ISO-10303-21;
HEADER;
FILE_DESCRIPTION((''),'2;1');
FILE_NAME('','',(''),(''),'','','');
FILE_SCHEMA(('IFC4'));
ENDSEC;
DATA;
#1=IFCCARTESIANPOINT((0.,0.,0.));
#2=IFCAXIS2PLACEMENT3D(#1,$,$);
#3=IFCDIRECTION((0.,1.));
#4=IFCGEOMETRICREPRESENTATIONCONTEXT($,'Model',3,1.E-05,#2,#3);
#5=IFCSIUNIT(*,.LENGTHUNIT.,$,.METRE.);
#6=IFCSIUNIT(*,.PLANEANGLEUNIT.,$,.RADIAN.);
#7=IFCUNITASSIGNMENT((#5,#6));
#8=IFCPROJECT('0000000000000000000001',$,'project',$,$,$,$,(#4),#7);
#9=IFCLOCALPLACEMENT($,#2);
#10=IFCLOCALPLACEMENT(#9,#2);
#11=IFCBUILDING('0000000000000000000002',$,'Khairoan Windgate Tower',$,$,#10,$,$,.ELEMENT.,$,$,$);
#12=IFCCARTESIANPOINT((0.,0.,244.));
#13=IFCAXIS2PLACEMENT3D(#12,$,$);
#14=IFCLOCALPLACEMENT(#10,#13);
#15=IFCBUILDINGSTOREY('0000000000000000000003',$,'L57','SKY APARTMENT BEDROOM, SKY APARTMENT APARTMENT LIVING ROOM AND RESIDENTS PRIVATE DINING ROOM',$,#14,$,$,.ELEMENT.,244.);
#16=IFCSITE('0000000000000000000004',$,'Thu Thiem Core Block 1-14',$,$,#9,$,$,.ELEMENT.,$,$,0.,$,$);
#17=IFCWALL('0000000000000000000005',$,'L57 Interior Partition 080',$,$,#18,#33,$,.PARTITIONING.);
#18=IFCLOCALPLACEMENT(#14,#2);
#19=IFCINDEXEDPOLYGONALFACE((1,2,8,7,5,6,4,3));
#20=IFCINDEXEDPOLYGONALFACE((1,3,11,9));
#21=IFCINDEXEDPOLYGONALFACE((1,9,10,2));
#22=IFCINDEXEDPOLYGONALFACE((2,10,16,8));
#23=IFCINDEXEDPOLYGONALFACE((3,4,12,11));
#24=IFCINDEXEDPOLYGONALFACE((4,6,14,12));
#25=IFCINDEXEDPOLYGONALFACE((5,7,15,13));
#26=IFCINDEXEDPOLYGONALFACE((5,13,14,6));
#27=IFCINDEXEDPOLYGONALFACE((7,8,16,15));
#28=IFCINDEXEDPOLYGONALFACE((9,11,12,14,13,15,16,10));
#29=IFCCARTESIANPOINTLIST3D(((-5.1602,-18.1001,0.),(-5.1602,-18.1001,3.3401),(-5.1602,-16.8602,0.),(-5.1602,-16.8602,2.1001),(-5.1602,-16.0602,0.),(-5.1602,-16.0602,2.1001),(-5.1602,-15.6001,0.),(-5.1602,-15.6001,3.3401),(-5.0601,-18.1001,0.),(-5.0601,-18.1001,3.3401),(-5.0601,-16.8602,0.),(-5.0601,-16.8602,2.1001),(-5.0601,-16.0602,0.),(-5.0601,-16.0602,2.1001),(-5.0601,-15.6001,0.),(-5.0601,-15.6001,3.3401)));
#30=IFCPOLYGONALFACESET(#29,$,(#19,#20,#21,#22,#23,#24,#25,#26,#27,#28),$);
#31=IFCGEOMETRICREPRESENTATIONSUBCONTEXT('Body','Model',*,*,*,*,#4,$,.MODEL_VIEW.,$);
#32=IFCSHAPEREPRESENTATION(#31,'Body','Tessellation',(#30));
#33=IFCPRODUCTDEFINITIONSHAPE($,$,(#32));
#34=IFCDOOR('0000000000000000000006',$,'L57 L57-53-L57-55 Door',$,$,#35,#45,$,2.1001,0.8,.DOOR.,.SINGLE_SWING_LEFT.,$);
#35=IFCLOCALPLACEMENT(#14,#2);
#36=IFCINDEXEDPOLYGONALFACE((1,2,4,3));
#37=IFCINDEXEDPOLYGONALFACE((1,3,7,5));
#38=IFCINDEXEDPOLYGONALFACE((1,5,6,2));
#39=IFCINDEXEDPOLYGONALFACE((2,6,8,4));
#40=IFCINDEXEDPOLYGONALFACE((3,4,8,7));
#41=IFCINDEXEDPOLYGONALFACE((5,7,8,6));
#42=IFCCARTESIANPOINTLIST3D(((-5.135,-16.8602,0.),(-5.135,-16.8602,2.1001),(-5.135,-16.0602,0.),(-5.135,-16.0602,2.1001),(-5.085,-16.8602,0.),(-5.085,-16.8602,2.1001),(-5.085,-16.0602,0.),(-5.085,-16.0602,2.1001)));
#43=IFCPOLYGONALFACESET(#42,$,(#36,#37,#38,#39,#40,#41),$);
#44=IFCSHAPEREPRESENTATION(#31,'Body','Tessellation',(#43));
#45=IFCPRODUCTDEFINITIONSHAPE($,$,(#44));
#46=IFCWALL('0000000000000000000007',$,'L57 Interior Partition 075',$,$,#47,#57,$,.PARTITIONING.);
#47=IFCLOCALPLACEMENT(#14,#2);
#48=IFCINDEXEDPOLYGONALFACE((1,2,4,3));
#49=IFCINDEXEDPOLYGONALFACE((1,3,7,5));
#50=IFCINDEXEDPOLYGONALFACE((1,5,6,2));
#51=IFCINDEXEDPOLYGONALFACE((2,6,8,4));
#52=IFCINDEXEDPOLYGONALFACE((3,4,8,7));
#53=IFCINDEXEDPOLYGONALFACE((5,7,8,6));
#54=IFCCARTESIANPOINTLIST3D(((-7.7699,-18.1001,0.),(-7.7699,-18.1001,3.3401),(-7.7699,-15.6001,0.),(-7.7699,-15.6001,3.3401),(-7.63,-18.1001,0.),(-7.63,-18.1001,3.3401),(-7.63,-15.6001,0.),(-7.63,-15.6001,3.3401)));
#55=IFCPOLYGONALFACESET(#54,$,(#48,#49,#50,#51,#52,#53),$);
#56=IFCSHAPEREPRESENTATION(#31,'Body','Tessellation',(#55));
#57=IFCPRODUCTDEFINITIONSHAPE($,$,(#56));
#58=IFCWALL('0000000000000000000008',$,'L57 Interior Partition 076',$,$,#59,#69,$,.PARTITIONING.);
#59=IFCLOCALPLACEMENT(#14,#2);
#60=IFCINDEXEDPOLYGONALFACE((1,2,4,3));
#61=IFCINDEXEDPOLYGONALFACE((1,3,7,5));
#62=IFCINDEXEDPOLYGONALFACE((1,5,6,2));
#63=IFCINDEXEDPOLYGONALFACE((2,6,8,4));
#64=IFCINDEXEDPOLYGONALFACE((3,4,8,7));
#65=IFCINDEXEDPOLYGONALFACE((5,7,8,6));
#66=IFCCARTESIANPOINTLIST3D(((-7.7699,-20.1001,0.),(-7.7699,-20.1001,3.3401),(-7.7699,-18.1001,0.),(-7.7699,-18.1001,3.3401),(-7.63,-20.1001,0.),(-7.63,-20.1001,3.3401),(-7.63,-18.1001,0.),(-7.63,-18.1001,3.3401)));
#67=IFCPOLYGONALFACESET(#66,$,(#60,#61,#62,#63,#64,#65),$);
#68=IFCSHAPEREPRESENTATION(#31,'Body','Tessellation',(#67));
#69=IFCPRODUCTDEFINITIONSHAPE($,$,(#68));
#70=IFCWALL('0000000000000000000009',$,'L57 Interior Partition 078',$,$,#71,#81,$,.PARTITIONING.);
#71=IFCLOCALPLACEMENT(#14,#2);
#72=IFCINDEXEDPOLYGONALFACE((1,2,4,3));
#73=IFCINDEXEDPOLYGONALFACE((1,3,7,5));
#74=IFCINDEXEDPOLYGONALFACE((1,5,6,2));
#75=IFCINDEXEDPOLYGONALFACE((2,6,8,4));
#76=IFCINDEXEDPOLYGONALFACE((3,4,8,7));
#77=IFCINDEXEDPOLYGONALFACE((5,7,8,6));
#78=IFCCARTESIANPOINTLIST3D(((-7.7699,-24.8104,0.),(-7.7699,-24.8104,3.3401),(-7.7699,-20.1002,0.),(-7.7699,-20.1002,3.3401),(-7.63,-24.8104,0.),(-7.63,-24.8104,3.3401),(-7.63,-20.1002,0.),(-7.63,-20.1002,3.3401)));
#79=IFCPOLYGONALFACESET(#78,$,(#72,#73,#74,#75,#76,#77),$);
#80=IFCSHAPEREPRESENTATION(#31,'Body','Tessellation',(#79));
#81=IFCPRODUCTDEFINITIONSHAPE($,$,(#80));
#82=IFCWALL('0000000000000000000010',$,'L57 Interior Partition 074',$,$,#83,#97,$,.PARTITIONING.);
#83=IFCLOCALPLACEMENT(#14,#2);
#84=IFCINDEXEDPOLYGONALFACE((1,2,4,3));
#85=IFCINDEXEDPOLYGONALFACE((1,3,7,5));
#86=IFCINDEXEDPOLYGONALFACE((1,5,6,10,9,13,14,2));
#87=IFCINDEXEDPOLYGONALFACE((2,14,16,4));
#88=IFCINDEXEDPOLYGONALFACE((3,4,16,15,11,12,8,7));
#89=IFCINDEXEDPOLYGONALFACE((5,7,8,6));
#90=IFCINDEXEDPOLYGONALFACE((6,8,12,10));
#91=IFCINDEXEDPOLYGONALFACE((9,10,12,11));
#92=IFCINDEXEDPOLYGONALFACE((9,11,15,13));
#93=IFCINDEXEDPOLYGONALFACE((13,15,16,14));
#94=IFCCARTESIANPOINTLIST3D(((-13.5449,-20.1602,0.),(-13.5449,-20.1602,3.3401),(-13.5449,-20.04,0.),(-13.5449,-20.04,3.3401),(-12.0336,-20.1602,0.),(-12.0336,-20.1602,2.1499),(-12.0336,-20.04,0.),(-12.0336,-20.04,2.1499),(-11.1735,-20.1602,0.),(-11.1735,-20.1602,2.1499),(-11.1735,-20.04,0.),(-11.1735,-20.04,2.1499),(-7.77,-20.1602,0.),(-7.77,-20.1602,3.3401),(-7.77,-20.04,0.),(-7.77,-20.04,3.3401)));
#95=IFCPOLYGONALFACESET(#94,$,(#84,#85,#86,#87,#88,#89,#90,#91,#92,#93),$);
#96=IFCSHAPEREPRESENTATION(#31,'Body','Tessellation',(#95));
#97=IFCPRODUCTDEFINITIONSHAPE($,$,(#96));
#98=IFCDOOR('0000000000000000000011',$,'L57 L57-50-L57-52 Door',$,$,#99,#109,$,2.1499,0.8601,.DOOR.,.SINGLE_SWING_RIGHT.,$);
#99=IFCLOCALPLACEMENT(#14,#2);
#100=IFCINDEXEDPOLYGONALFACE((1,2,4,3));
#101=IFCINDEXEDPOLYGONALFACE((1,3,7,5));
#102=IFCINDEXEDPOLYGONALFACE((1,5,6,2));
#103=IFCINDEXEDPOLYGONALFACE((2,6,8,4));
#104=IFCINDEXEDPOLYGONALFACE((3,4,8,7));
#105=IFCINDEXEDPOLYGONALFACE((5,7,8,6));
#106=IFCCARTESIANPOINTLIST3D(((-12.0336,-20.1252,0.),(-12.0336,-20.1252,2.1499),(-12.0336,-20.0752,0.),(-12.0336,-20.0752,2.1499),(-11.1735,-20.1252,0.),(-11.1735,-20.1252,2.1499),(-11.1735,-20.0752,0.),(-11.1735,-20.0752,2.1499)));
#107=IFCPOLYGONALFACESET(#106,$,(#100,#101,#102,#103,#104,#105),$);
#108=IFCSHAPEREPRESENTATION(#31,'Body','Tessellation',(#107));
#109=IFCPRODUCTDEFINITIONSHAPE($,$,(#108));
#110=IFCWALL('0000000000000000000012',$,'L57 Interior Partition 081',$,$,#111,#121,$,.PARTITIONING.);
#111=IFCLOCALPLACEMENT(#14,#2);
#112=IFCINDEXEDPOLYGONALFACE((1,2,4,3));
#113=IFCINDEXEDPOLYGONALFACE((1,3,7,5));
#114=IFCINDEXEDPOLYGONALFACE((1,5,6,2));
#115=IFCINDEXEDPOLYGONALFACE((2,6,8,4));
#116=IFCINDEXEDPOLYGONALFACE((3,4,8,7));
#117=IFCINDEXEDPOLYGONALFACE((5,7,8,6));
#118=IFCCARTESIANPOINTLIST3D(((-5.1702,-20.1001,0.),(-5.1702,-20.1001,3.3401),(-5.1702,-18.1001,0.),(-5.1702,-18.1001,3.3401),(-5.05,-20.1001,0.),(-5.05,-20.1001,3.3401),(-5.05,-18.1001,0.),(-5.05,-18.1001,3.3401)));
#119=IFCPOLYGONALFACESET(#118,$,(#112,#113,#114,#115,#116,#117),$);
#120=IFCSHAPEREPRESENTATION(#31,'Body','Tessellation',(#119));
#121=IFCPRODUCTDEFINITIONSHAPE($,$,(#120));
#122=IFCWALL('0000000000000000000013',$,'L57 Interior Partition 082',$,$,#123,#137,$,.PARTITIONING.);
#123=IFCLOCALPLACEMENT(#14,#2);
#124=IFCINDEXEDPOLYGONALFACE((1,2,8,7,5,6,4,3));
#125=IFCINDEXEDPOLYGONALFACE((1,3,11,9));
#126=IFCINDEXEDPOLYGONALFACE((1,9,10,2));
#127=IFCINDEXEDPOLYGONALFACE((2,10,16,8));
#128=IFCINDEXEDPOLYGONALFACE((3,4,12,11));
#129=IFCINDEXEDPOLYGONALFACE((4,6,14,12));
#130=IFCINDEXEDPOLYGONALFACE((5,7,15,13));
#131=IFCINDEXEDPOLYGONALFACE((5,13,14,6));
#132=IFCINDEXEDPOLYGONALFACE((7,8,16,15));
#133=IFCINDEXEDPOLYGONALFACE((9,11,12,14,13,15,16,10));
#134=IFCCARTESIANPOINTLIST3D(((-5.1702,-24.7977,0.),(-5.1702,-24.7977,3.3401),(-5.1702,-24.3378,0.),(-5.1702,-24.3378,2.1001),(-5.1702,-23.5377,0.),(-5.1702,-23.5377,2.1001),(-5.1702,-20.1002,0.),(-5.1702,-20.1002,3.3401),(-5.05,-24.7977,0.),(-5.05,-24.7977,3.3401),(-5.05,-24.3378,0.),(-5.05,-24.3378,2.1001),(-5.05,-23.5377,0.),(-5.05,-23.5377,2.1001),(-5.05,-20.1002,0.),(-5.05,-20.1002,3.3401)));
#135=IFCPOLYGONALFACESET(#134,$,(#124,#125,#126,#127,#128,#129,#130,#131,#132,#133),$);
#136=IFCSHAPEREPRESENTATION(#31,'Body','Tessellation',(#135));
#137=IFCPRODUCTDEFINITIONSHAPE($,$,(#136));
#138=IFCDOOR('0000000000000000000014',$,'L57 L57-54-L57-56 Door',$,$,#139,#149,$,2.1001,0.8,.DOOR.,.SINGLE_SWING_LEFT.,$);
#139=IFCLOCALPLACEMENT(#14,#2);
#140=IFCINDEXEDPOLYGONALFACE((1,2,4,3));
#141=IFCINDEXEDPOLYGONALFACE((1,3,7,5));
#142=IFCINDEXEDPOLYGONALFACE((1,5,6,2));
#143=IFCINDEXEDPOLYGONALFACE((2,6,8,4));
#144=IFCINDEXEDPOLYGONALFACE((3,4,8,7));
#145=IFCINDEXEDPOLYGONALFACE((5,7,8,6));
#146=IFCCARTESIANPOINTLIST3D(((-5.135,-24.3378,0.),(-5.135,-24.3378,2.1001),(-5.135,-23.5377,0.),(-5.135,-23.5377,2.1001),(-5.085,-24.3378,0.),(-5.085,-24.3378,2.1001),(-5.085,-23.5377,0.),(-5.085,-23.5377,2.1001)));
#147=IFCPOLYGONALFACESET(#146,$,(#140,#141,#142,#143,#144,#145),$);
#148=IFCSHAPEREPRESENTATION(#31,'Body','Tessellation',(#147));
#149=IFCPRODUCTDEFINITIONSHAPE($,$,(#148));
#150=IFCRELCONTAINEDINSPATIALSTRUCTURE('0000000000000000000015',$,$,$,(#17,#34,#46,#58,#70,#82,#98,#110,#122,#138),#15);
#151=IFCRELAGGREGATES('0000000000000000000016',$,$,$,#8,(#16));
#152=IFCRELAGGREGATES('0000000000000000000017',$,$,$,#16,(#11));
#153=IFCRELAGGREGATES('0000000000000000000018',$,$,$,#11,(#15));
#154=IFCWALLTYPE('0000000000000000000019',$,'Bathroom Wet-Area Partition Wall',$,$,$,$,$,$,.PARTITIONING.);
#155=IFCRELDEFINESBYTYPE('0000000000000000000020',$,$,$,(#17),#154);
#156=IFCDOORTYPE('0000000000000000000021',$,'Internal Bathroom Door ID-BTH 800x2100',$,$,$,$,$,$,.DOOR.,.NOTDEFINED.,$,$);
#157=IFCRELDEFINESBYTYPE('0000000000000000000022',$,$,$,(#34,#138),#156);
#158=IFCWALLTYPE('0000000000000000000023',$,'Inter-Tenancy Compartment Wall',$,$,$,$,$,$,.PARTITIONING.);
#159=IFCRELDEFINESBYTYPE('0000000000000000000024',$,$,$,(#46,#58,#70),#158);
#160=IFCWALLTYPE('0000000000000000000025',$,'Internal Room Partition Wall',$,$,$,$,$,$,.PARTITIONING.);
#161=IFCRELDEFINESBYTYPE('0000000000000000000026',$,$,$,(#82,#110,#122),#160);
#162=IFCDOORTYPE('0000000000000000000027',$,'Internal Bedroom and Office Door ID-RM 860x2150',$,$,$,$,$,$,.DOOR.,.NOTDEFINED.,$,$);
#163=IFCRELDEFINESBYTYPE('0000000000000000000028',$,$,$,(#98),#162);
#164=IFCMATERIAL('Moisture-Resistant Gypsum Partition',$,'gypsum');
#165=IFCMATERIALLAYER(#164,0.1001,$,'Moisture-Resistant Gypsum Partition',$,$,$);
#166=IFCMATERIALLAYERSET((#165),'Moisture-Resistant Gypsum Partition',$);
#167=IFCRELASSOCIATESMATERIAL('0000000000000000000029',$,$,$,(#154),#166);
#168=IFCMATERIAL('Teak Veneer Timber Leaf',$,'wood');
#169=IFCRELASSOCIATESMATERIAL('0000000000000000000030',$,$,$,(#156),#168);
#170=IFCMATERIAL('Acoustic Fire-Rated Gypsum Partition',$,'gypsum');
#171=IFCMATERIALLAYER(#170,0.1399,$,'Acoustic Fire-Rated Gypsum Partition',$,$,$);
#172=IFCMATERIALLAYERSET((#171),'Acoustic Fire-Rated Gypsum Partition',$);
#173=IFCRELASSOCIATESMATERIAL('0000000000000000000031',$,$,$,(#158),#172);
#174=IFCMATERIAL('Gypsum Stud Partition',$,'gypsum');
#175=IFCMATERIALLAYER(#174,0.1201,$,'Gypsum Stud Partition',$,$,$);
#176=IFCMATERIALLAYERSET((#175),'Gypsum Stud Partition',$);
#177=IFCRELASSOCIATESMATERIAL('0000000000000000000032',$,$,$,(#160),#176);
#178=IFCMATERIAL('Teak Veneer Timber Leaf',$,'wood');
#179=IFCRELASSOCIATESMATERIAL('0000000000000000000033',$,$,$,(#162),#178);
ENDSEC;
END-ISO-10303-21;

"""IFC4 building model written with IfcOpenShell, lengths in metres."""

from ifc_helpers import new_model, si_unit, direction, frame, frame_2d, origin, place, context, subcontext, project, spatial, rectangle, extrude, material, layer, layer_set, type_object, element, fill, save


model = new_model("IFC4")

# Units and contexts
model_context = context("Model", 3, precision=1e-05, world=origin(), true_north=direction((0.0, 1.0)))
body_context = subcontext(model_context, "Body", "Model", "MODEL_VIEW")
ifc_project = project(units=[si_unit("LENGTHUNIT", "METRE"), si_unit("PLANEANGLEUNIT", "RADIAN")], contexts=[model_context])

# Site, building, storey
site_placement = place(None, origin())
site = spatial("IfcSite", under=ifc_project, at=site_placement, Name="Thu Thiem Core Block 1-14", CompositionType="ELEMENT", RefElevation=0.0)
building_placement = place(site_placement, origin())
building = spatial("IfcBuilding", under=site, at=building_placement, Name="Khairoan Windgate Tower", CompositionType="ELEMENT")
storey_placement = place(building_placement, frame((0.0, 0.0, 244.0)))
storey = spatial("IfcBuildingStorey", under=building, at=storey_placement, Name="L57", Description="SKY APARTMENT BEDROOM, SKY APARTMENT APARTMENT LIVING ROOM AND RESIDENTS PRIVATE DINING ROOM", CompositionType="ELEMENT", Elevation=244.0)

# Shared definitions
ifc_material_1 = material(Name="Moisture-Resistant Gypsum Partition", Category="gypsum")
ifc_layer_1 = layer(ifc_material_1, 0.1001, Name="Moisture-Resistant Gypsum Partition")
ifc_layer_set_1 = layer_set([ifc_layer_1], Name="Moisture-Resistant Gypsum Partition")
wall_type_1 = type_object("IfcWallType", Name="Bathroom Wet-Area Partition Wall", PredefinedType="PARTITIONING", material=ifc_layer_set_1)

# Wall, opening, door
wall_1_placement = place(storey_placement, frame((-5.1101, -18.1001, 0.0), z_axis=(0.0, 0.0, 1.0), x_axis=(0.0, 1.0, 0.0)))
wall_1 = element("IfcWall", 1, at=wall_1_placement, inside=storey, type_object=wall_type_1, Name="L57 Interior Partition 080", PredefinedType="PARTITIONING", context=body_context, shape_type="SweptSolid", body=[
    extrude(rectangle(XDim=2.5, YDim=0.1001, at=frame_2d((1.25, 0.0))), origin(), (0.0, 0.0, 1.0), 3.3401),
])
opening_1_placement = place(wall_1_placement, frame((1.24, 0.0, 0.0)))
opening_1 = element("IfcOpeningElement", 2, at=opening_1_placement, cuts=wall_1, PredefinedType="OPENING", context=body_context, shape_type="SweptSolid", body=[
    extrude(rectangle(XDim=0.8, YDim=2.1001, at=frame_2d((0.3999, 1.05))), frame((0.0, 0.0601, 0.0), z_axis=(0.0, -1.0, 0.0), x_axis=(1.0, 0.0, 0.0)), (0.0, 0.0, 1.0), 0.1201),
])
ifc_material_2 = material(Name="Teak Veneer Timber Leaf", Category="wood")
door_type_1 = type_object("IfcDoorType", Name="Internal Bathroom Door ID-BTH 800x2100", OperationType="NOTDEFINED", PredefinedType="DOOR", material=ifc_material_2)
door_1_placement = place(opening_1_placement, origin())
door_1 = element("IfcDoor", 3, at=door_1_placement, inside=storey, type_object=door_type_1, Name="L57 L57-53-L57-55 Door", OperationType="SINGLE_SWING_LEFT", OverallHeight=2.1001, OverallWidth=0.8, PredefinedType="DOOR", context=body_context, shape_type="SweptSolid", body=[
    extrude(rectangle(XDim=0.8, YDim=2.1001, at=frame_2d((0.3999, 1.05))), frame((0.0, 0.0249, 0.0), z_axis=(0.0, -1.0, 0.0), x_axis=(1.0, 0.0, 0.0)), (0.0, 0.0, 1.0), 0.05),
])
fill(opening_1, door_1)

# Walls
ifc_material_3 = material(Name="Acoustic Fire-Rated Gypsum Partition", Category="gypsum")
ifc_layer_2 = layer(ifc_material_3, 0.1399, Name="Acoustic Fire-Rated Gypsum Partition")
ifc_layer_set_2 = layer_set([ifc_layer_2], Name="Acoustic Fire-Rated Gypsum Partition")
wall_type_2 = type_object("IfcWallType", Name="Inter-Tenancy Compartment Wall", PredefinedType="PARTITIONING", material=ifc_layer_set_2)
wall_2_placement = place(storey_placement, frame((-7.7, -18.1001, 0.0), z_axis=(0.0, 0.0, 1.0), x_axis=(0.0, 1.0, 0.0)))
element("IfcWall", 4, at=wall_2_placement, inside=storey, type_object=wall_type_2, Name="L57 Interior Partition 075", PredefinedType="PARTITIONING", context=body_context, shape_type="SweptSolid", body=[
    extrude(rectangle(XDim=2.5, YDim=0.1399, at=frame_2d((1.25, 0.0))), origin(), (0.0, 0.0, 1.0), 3.3401),
])
wall_3_placement = place(storey_placement, frame((-7.7, -20.1001, 0.0), z_axis=(0.0, 0.0, 1.0), x_axis=(0.0, 1.0, 0.0)))
element("IfcWall", 5, at=wall_3_placement, inside=storey, type_object=wall_type_2, Name="L57 Interior Partition 076", PredefinedType="PARTITIONING", context=body_context, shape_type="SweptSolid", body=[
    extrude(rectangle(XDim=2.0, YDim=0.1399, at=frame_2d((1.0, 0.0))), origin(), (0.0, 0.0, 1.0), 3.3401),
])
wall_4_placement = place(storey_placement, frame((-7.7, -24.8103, 0.0), z_axis=(0.0, 0.0, 1.0), x_axis=(0.0, 1.0, 0.0)))
element("IfcWall", 6, at=wall_4_placement, inside=storey, type_object=wall_type_2, Name="L57 Interior Partition 078", PredefinedType="PARTITIONING", context=body_context, shape_type="SweptSolid", body=[
    extrude(rectangle(XDim=4.7102, YDim=0.1399, at=frame_2d((2.355, 0.0))), origin(), (0.0, 0.0, 1.0), 3.3401),
])

# Wall, opening, door
ifc_material_4 = material(Name="Gypsum Stud Partition", Category="gypsum")
ifc_layer_3 = layer(ifc_material_4, 0.1201, Name="Gypsum Stud Partition")
ifc_layer_set_3 = layer_set([ifc_layer_3], Name="Gypsum Stud Partition")
wall_type_3 = type_object("IfcWallType", Name="Internal Room Partition Wall", PredefinedType="PARTITIONING", material=ifc_layer_set_3)
wall_5_placement = place(storey_placement, frame((-13.5449, -20.1001, 0.0), z_axis=(0.0, 0.0, 1.0), x_axis=(1.0, 0.0, 0.0)))
wall_5 = element("IfcWall", 7, at=wall_5_placement, inside=storey, type_object=wall_type_3, Name="L57 Interior Partition 074", PredefinedType="PARTITIONING", context=body_context, shape_type="SweptSolid", body=[
    extrude(rectangle(XDim=5.7749, YDim=0.1201, at=frame_2d((2.8875, 0.0))), origin(), (0.0, 0.0, 1.0), 3.3401),
])
opening_2_placement = place(wall_5_placement, frame((1.5112, 0.0, 0.0)))
opening_2 = element("IfcOpeningElement", 8, at=opening_2_placement, cuts=wall_5, PredefinedType="OPENING", context=body_context, shape_type="SweptSolid", body=[
    extrude(rectangle(XDim=0.8601, YDim=2.1499, at=frame_2d((0.4302, 1.075))), frame((0.0, 0.0701, 0.0), z_axis=(0.0, -1.0, 0.0), x_axis=(1.0, 0.0, 0.0)), (0.0, 0.0, 1.0), 0.1401),
])
ifc_material_5 = material(Name="Teak Veneer Timber Leaf", Category="wood")
door_type_2 = type_object("IfcDoorType", Name="Internal Bedroom and Office Door ID-RM 860x2150", OperationType="NOTDEFINED", PredefinedType="DOOR", material=ifc_material_5)
door_2_placement = place(opening_2_placement, origin())
door_2 = element("IfcDoor", 9, at=door_2_placement, inside=storey, type_object=door_type_2, Name="L57 L57-50-L57-52 Door", OperationType="SINGLE_SWING_RIGHT", OverallHeight=2.1499, OverallWidth=0.8601, PredefinedType="DOOR", context=body_context, shape_type="SweptSolid", body=[
    extrude(rectangle(XDim=0.8601, YDim=2.1499, at=frame_2d((0.4302, 1.075))), frame((0.0, 0.0249, 0.0), z_axis=(0.0, -1.0, 0.0), x_axis=(1.0, 0.0, 0.0)), (0.0, 0.0, 1.0), 0.05),
])
fill(opening_2, door_2)

# Wall
wall_6_placement = place(storey_placement, frame((-5.1101, -20.1001, 0.0), z_axis=(0.0, 0.0, 1.0), x_axis=(0.0, 1.0, 0.0)))
element("IfcWall", 10, at=wall_6_placement, inside=storey, type_object=wall_type_3, Name="L57 Interior Partition 081", PredefinedType="PARTITIONING", context=body_context, shape_type="SweptSolid", body=[
    extrude(rectangle(XDim=2.0, YDim=0.1201, at=frame_2d((1.0, 0.0))), origin(), (0.0, 0.0, 1.0), 3.3401),
])

# Wall, opening, door
wall_7_placement = place(storey_placement, frame((-5.1101, -24.7976, 0.0), z_axis=(0.0, 0.0, 1.0), x_axis=(0.0, 1.0, 0.0)))
wall_7 = element("IfcWall", 11, at=wall_7_placement, inside=storey, type_object=wall_type_3, Name="L57 Interior Partition 082", PredefinedType="PARTITIONING", context=body_context, shape_type="SweptSolid", body=[
    extrude(rectangle(XDim=4.6975, YDim=0.1201, at=frame_2d((2.3486, 0.0))), origin(), (0.0, 0.0, 1.0), 3.3401),
])
opening_3_placement = place(wall_7_placement, frame((0.46, 0.0, 0.0)))
opening_3 = element("IfcOpeningElement", 12, at=opening_3_placement, cuts=wall_7, PredefinedType="OPENING", context=body_context, shape_type="SweptSolid", body=[
    extrude(rectangle(XDim=0.8, YDim=2.1001, at=frame_2d((0.3999, 1.05))), frame((0.0, 0.0701, 0.0), z_axis=(0.0, -1.0, 0.0), x_axis=(1.0, 0.0, 0.0)), (0.0, 0.0, 1.0), 0.1401),
])
door_3_placement = place(opening_3_placement, origin())
door_3 = element("IfcDoor", 13, at=door_3_placement, inside=storey, type_object=door_type_1, Name="L57 L57-54-L57-56 Door", OperationType="SINGLE_SWING_LEFT", OverallHeight=2.1001, OverallWidth=0.8, PredefinedType="DOOR", context=body_context, shape_type="SweptSolid", body=[
    extrude(rectangle(XDim=0.8, YDim=2.1001, at=frame_2d((0.3999, 1.05))), frame((0.0, 0.0249, 0.0), z_axis=(0.0, -1.0, 0.0), x_axis=(1.0, 0.0, 0.0)), (0.0, 0.0, 1.0), 0.05),
])
fill(opening_3, door_3)

save(model, "model.ifc")
